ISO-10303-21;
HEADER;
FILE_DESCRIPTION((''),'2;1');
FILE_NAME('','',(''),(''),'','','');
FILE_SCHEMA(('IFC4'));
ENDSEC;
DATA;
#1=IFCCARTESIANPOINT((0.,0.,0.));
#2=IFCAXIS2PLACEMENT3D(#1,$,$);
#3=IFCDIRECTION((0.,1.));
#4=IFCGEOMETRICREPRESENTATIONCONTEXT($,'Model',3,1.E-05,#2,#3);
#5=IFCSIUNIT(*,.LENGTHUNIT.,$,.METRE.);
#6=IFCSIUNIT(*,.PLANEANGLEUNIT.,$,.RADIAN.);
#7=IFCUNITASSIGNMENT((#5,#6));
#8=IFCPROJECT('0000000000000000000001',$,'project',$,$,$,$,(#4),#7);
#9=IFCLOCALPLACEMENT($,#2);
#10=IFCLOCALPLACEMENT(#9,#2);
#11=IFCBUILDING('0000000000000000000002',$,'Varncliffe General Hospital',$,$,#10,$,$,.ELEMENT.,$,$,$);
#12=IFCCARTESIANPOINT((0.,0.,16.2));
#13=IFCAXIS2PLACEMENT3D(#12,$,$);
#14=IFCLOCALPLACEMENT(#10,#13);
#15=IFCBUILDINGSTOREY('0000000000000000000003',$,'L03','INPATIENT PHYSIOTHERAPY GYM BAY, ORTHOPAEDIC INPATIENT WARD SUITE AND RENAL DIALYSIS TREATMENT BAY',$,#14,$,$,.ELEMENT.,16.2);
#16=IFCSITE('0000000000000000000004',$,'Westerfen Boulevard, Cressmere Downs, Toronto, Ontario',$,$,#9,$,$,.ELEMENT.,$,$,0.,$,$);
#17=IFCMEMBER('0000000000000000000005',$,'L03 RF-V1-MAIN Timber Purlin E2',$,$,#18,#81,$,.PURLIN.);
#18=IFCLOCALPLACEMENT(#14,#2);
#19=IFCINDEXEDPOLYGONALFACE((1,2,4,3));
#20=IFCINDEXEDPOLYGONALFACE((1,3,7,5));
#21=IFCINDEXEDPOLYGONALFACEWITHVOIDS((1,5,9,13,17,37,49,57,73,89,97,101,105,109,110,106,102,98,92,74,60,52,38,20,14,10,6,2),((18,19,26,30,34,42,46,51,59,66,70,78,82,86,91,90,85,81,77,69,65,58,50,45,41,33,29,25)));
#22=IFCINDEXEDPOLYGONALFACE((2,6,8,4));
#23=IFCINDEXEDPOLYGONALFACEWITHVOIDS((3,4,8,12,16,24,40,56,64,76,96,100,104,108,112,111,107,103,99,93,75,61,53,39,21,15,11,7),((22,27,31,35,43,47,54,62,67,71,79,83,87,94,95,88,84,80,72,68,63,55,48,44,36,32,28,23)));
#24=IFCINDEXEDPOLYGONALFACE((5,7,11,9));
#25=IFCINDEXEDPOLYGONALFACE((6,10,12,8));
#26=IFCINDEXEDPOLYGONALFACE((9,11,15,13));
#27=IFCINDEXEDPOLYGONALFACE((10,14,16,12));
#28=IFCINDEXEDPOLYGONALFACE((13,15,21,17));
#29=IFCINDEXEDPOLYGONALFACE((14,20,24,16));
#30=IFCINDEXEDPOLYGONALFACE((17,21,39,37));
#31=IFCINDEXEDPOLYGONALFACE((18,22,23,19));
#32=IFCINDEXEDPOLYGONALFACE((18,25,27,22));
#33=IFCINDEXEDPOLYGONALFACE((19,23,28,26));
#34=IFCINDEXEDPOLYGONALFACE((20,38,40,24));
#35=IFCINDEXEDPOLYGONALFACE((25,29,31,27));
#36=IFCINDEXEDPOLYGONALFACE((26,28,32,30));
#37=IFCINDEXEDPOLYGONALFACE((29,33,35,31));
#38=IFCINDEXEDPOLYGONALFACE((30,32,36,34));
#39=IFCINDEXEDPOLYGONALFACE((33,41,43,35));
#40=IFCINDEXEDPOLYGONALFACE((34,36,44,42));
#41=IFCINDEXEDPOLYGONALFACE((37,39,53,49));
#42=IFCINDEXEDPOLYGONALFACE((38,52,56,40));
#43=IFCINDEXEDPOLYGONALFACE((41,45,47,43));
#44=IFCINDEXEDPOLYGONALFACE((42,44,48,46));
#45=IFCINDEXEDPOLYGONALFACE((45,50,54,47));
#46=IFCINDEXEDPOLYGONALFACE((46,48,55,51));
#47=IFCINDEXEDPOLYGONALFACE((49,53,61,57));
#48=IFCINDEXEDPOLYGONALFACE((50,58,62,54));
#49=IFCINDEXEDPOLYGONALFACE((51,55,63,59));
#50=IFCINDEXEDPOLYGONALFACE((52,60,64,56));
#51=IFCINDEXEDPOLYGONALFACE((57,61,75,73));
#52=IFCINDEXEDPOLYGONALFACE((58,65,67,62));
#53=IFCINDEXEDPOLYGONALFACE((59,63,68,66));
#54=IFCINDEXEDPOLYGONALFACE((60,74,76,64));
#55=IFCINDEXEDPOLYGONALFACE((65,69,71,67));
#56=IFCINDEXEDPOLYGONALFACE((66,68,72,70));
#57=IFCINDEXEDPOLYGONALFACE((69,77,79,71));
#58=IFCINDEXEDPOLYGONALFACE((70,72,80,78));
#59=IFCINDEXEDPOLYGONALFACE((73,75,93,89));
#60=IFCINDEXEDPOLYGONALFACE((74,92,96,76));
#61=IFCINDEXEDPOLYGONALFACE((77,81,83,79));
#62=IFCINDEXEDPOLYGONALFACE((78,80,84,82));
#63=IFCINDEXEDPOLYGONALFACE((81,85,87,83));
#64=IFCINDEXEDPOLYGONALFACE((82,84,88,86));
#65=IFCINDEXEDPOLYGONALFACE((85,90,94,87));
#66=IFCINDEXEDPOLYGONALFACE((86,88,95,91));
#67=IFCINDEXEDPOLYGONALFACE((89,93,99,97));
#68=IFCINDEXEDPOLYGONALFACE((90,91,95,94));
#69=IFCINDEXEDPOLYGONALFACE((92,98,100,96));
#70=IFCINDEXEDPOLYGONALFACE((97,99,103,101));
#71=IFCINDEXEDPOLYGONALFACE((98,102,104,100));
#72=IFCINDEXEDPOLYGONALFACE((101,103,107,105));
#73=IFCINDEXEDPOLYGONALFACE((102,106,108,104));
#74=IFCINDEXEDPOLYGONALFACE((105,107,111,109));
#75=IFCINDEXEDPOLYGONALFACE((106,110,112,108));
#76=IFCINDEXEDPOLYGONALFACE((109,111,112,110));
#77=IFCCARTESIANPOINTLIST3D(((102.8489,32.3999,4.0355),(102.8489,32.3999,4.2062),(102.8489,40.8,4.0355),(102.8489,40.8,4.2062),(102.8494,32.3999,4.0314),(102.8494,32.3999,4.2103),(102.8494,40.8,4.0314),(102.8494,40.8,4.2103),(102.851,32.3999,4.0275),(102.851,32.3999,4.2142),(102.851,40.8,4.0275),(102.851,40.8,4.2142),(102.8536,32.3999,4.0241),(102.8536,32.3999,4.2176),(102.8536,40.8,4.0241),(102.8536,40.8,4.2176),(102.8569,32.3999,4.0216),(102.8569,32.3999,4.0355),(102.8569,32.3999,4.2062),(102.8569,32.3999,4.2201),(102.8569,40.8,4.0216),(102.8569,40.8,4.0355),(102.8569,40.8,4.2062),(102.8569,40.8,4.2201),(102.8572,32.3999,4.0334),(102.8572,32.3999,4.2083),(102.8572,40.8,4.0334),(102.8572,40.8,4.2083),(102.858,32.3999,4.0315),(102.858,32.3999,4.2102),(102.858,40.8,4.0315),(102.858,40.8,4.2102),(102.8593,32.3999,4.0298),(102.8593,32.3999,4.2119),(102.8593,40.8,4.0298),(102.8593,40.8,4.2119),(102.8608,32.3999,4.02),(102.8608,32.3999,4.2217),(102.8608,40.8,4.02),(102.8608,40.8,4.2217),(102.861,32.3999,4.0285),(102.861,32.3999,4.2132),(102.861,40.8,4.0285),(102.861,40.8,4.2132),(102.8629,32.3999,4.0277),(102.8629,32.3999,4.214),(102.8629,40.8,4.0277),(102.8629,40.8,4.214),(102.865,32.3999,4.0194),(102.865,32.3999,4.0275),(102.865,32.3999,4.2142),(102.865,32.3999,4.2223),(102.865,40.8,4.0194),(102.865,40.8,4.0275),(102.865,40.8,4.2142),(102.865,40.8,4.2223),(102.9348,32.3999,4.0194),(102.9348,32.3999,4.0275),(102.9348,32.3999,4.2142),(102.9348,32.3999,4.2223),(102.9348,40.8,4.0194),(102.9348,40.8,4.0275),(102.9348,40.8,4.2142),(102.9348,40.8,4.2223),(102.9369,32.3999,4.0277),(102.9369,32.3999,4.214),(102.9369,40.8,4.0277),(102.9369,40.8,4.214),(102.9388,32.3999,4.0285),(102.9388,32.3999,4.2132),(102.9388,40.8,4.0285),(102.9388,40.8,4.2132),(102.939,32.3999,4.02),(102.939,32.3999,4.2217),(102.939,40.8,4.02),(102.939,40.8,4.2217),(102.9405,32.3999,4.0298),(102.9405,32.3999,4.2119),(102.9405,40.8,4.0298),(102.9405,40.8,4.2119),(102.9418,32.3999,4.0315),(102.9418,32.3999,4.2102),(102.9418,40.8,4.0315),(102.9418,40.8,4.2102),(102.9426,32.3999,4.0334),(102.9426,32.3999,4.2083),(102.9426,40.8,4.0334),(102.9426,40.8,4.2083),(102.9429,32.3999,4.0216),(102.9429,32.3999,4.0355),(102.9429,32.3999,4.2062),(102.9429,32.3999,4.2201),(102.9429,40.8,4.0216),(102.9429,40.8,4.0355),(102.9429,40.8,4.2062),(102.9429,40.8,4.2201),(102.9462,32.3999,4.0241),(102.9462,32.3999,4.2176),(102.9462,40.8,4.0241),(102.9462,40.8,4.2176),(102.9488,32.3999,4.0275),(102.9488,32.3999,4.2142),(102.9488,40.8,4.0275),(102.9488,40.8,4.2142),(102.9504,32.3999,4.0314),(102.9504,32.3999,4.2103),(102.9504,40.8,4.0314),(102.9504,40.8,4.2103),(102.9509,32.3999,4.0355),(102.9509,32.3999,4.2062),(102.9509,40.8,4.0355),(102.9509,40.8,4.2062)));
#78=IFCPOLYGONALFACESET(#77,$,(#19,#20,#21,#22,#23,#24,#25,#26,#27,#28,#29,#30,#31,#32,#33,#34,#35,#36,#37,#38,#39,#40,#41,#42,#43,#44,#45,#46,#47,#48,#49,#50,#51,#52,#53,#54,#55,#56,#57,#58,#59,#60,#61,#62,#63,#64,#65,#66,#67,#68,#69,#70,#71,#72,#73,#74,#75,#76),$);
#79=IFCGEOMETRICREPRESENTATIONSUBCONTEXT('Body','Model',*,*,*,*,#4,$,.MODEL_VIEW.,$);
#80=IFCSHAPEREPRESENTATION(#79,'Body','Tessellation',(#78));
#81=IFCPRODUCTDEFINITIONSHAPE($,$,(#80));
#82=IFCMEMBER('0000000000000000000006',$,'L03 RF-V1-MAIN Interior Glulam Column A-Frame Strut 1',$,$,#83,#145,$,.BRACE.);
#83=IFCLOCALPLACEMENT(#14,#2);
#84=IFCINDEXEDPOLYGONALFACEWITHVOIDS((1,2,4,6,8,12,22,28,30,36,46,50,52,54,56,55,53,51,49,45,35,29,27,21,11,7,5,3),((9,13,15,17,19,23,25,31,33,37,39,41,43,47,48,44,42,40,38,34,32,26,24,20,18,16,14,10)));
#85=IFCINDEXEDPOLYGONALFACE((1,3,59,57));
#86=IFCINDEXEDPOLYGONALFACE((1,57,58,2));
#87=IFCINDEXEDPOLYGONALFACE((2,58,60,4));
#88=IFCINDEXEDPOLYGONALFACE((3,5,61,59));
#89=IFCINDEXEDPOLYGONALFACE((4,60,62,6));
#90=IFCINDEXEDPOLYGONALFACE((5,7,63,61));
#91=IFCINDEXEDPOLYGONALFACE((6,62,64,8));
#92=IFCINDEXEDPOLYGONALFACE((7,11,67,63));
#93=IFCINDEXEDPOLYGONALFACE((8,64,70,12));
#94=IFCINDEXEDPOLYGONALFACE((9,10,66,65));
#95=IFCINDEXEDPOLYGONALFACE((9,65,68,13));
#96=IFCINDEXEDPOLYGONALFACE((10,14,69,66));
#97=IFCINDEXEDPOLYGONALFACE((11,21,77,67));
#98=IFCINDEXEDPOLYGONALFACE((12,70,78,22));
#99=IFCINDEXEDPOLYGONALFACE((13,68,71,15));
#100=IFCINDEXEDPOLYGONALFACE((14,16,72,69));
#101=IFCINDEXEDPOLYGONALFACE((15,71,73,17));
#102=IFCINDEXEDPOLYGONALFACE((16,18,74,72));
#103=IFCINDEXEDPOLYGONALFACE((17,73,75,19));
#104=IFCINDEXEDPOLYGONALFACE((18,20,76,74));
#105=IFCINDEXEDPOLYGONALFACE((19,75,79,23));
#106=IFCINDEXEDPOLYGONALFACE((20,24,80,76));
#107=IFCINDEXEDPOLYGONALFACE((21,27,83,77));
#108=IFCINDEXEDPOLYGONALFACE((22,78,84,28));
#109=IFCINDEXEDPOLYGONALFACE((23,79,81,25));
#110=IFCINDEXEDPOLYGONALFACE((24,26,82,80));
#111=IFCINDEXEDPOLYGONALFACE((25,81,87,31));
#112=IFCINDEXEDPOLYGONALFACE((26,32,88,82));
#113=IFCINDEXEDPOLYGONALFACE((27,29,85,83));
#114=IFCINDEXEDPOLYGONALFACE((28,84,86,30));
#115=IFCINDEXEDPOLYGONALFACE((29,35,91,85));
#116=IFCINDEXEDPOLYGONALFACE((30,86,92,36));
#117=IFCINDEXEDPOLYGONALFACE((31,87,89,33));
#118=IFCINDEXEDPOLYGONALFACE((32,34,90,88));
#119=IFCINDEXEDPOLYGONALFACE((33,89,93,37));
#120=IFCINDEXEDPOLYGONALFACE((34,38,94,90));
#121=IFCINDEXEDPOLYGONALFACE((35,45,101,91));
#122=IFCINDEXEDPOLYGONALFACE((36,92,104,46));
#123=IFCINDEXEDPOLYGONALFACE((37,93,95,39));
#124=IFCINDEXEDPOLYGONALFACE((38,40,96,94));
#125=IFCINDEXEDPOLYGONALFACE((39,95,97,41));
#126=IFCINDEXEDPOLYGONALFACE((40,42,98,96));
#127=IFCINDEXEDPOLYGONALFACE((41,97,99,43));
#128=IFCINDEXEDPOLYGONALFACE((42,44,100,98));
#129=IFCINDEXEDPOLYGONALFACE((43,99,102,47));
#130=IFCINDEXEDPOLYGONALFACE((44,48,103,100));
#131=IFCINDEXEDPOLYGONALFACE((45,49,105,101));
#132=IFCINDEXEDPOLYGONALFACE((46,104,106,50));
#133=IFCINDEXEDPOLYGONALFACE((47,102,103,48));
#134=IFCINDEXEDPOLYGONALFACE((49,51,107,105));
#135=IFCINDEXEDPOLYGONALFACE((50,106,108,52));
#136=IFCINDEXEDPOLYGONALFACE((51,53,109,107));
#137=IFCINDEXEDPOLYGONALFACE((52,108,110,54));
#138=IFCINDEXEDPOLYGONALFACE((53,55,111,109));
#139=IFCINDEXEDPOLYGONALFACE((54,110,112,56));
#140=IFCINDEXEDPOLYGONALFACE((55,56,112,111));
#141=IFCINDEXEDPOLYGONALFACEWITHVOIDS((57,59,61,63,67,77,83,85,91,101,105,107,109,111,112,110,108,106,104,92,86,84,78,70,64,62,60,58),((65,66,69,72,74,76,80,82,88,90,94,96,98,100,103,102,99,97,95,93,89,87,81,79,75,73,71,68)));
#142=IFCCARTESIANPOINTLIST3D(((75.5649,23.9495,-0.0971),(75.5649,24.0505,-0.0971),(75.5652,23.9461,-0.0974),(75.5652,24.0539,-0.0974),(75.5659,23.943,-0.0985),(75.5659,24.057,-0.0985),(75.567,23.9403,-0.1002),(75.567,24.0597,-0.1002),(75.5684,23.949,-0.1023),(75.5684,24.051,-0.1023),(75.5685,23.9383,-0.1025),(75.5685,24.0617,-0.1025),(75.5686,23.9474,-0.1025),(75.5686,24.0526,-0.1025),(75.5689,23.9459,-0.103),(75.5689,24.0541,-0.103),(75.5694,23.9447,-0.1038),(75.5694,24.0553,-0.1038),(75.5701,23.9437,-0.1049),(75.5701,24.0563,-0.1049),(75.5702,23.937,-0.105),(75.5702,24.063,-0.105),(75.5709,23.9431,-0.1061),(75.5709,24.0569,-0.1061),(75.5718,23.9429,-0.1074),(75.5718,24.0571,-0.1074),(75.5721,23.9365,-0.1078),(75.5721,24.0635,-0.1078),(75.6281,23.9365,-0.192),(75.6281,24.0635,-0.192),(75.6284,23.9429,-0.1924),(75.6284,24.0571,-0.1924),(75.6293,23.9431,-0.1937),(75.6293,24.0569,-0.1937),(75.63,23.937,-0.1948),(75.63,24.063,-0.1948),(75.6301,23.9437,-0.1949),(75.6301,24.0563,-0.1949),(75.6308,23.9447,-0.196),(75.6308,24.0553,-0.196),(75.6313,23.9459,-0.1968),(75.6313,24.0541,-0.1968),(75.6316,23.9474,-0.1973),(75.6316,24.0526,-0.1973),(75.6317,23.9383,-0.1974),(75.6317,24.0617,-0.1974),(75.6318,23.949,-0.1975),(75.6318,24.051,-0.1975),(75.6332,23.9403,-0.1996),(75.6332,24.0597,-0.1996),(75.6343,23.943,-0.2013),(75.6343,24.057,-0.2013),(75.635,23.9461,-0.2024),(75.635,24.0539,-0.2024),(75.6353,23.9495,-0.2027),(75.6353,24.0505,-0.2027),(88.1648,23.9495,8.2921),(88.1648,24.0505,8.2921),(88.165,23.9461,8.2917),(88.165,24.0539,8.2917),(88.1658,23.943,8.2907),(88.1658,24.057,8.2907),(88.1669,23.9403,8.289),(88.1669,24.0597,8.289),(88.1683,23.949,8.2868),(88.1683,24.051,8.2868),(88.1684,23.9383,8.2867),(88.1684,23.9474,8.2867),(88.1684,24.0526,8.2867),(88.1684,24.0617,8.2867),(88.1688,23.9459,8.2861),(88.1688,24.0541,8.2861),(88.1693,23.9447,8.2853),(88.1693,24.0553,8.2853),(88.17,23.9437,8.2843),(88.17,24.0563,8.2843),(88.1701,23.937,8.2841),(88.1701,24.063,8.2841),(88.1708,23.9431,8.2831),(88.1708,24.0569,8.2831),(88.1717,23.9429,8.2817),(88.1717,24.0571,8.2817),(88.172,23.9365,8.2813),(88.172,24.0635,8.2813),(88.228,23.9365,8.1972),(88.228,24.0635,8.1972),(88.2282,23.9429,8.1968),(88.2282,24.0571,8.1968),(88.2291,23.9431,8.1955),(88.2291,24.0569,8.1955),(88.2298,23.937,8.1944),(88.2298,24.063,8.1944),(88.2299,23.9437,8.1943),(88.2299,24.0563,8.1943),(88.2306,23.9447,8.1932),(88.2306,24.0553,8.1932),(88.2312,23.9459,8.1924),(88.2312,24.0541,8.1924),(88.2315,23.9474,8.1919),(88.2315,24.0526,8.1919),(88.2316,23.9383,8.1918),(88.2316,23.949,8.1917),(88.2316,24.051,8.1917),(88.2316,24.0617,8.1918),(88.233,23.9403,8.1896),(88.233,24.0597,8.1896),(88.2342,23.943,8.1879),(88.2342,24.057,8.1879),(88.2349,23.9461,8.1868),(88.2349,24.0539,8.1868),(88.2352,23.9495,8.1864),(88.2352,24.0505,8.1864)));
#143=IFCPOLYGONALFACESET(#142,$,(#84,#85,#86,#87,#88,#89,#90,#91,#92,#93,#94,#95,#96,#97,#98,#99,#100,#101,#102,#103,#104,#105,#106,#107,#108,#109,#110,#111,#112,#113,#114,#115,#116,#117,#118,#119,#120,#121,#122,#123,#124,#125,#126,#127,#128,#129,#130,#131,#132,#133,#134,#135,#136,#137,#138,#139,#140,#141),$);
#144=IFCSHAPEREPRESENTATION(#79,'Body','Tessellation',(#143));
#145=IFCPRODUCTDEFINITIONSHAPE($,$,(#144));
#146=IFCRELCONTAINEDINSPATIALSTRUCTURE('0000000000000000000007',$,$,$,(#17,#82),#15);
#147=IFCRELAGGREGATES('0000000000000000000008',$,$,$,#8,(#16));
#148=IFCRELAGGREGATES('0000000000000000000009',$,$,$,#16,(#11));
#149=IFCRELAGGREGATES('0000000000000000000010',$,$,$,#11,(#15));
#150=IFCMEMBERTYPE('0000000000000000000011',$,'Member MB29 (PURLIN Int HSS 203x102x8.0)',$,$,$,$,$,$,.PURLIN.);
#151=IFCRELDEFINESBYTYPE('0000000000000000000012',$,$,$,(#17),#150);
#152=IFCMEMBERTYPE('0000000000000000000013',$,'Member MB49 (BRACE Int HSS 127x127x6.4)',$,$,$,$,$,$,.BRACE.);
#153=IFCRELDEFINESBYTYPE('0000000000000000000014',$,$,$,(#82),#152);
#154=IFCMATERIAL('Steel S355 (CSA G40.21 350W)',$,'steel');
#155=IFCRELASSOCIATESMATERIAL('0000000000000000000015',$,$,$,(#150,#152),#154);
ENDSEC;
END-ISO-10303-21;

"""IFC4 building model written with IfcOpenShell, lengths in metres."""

from ifc_helpers import new_model, si_unit, direction, frame, origin, origin_2d, place, context, subcontext, project, spatial, hollow_rectangle, extrude, material, material_profile, profile_set, type_object, element, save


model = new_model("IFC4")

# Units and contexts
model_context = context("Model", 3, precision=1e-05, world=origin(), true_north=direction((0.0, 1.0)))
body_context = subcontext(model_context, "Body", "Model", "MODEL_VIEW")
ifc_project = project(units=[si_unit("LENGTHUNIT", "METRE"), si_unit("PLANEANGLEUNIT", "RADIAN")], contexts=[model_context])

# Site, building, storey
site_placement = place(None, origin())
site = spatial("IfcSite", under=ifc_project, at=site_placement, Name="Westerfen Boulevard, Cressmere Downs, Toronto, Ontario", CompositionType="ELEMENT", RefElevation=0.0)
building_placement = place(site_placement, origin())
building = spatial("IfcBuilding", under=site, at=building_placement, Name="Varncliffe General Hospital", CompositionType="ELEMENT")
storey_placement = place(building_placement, frame((0.0, 0.0, 16.2)))
storey = spatial("IfcBuildingStorey", under=building, at=storey_placement, Name="L03", Description="INPATIENT PHYSIOTHERAPY GYM BAY, ORTHOPAEDIC INPATIENT WARD SUITE AND RENAL DIALYSIS TREATMENT BAY", CompositionType="ELEMENT", Elevation=16.2)

# Members
ifc_material_1 = material(Name="Steel S355 (CSA G40.21 350W)", Category="steel")
ifc_material_profile_1 = material_profile(ifc_material_1, hollow_rectangle(XDim=0.1021, YDim=0.2029, WallThickness=0.0081, InnerFilletRadius=0.0081, OuterFilletRadius=0.0161, at=origin_2d()), Name="HSS 203x102x8.0")
ifc_profile_set_1 = profile_set([ifc_material_profile_1], Name="Steel S355 (CSA G40.21 350W)")
member_type_1 = type_object("IfcMemberType", Name="Member MB29 (PURLIN Int HSS 203x102x8.0)", PredefinedType="PURLIN", material=ifc_profile_set_1)
member_1_placement = place(storey_placement, frame((102.8999, 32.3999, 4.1208), z_axis=(0.0, 1.0, 0.0), x_axis=(-1.0, 0.0, 0.0)))
element("IfcMember", 1, at=member_1_placement, inside=storey, type_object=member_type_1, Name="L03 RF-V1-MAIN Timber Purlin E2", PredefinedType="PURLIN", context=body_context, shape_type="SweptSolid", body=[
    extrude(hollow_rectangle(XDim=0.1021, YDim=0.2029, WallThickness=0.0081, InnerFilletRadius=0.0081, OuterFilletRadius=0.0161, at=origin_2d()), origin(), (0.0, 0.0, 1.0), 8.4001),
])
ifc_material_profile_2 = material_profile(ifc_material_1, hollow_rectangle(XDim=0.127, YDim=0.127, WallThickness=0.0063, InnerFilletRadius=0.0061, OuterFilletRadius=0.0129, at=origin_2d()), Name="HSS 127x127x6.4")
ifc_profile_set_2 = profile_set([ifc_material_profile_2], Name="Steel S355 (CSA G40.21 350W)")
member_type_2 = type_object("IfcMemberType", Name="Member MB49 (BRACE Int HSS 127x127x6.4)", PredefinedType="BRACE", material=ifc_profile_set_2)
member_2_placement = place(storey_placement, frame((75.6001, 24.0, -0.1499), z_axis=(0.832378, 0.0, 0.554209), x_axis=(0.0, 1.0, 0.0)))
element("IfcMember", 2, at=member_2_placement, inside=storey, type_object=member_type_2, Name="L03 RF-V1-MAIN Interior Glulam Column A-Frame Strut 1", PredefinedType="BRACE", context=body_context, shape_type="SweptSolid", body=[
    extrude(hollow_rectangle(XDim=0.127, YDim=0.127, WallThickness=0.0063, InnerFilletRadius=0.0061, OuterFilletRadius=0.0129, at=origin_2d()), origin(), (0.0, 0.0, 1.0), 15.1372),
])

save(model, "model.ifc")
